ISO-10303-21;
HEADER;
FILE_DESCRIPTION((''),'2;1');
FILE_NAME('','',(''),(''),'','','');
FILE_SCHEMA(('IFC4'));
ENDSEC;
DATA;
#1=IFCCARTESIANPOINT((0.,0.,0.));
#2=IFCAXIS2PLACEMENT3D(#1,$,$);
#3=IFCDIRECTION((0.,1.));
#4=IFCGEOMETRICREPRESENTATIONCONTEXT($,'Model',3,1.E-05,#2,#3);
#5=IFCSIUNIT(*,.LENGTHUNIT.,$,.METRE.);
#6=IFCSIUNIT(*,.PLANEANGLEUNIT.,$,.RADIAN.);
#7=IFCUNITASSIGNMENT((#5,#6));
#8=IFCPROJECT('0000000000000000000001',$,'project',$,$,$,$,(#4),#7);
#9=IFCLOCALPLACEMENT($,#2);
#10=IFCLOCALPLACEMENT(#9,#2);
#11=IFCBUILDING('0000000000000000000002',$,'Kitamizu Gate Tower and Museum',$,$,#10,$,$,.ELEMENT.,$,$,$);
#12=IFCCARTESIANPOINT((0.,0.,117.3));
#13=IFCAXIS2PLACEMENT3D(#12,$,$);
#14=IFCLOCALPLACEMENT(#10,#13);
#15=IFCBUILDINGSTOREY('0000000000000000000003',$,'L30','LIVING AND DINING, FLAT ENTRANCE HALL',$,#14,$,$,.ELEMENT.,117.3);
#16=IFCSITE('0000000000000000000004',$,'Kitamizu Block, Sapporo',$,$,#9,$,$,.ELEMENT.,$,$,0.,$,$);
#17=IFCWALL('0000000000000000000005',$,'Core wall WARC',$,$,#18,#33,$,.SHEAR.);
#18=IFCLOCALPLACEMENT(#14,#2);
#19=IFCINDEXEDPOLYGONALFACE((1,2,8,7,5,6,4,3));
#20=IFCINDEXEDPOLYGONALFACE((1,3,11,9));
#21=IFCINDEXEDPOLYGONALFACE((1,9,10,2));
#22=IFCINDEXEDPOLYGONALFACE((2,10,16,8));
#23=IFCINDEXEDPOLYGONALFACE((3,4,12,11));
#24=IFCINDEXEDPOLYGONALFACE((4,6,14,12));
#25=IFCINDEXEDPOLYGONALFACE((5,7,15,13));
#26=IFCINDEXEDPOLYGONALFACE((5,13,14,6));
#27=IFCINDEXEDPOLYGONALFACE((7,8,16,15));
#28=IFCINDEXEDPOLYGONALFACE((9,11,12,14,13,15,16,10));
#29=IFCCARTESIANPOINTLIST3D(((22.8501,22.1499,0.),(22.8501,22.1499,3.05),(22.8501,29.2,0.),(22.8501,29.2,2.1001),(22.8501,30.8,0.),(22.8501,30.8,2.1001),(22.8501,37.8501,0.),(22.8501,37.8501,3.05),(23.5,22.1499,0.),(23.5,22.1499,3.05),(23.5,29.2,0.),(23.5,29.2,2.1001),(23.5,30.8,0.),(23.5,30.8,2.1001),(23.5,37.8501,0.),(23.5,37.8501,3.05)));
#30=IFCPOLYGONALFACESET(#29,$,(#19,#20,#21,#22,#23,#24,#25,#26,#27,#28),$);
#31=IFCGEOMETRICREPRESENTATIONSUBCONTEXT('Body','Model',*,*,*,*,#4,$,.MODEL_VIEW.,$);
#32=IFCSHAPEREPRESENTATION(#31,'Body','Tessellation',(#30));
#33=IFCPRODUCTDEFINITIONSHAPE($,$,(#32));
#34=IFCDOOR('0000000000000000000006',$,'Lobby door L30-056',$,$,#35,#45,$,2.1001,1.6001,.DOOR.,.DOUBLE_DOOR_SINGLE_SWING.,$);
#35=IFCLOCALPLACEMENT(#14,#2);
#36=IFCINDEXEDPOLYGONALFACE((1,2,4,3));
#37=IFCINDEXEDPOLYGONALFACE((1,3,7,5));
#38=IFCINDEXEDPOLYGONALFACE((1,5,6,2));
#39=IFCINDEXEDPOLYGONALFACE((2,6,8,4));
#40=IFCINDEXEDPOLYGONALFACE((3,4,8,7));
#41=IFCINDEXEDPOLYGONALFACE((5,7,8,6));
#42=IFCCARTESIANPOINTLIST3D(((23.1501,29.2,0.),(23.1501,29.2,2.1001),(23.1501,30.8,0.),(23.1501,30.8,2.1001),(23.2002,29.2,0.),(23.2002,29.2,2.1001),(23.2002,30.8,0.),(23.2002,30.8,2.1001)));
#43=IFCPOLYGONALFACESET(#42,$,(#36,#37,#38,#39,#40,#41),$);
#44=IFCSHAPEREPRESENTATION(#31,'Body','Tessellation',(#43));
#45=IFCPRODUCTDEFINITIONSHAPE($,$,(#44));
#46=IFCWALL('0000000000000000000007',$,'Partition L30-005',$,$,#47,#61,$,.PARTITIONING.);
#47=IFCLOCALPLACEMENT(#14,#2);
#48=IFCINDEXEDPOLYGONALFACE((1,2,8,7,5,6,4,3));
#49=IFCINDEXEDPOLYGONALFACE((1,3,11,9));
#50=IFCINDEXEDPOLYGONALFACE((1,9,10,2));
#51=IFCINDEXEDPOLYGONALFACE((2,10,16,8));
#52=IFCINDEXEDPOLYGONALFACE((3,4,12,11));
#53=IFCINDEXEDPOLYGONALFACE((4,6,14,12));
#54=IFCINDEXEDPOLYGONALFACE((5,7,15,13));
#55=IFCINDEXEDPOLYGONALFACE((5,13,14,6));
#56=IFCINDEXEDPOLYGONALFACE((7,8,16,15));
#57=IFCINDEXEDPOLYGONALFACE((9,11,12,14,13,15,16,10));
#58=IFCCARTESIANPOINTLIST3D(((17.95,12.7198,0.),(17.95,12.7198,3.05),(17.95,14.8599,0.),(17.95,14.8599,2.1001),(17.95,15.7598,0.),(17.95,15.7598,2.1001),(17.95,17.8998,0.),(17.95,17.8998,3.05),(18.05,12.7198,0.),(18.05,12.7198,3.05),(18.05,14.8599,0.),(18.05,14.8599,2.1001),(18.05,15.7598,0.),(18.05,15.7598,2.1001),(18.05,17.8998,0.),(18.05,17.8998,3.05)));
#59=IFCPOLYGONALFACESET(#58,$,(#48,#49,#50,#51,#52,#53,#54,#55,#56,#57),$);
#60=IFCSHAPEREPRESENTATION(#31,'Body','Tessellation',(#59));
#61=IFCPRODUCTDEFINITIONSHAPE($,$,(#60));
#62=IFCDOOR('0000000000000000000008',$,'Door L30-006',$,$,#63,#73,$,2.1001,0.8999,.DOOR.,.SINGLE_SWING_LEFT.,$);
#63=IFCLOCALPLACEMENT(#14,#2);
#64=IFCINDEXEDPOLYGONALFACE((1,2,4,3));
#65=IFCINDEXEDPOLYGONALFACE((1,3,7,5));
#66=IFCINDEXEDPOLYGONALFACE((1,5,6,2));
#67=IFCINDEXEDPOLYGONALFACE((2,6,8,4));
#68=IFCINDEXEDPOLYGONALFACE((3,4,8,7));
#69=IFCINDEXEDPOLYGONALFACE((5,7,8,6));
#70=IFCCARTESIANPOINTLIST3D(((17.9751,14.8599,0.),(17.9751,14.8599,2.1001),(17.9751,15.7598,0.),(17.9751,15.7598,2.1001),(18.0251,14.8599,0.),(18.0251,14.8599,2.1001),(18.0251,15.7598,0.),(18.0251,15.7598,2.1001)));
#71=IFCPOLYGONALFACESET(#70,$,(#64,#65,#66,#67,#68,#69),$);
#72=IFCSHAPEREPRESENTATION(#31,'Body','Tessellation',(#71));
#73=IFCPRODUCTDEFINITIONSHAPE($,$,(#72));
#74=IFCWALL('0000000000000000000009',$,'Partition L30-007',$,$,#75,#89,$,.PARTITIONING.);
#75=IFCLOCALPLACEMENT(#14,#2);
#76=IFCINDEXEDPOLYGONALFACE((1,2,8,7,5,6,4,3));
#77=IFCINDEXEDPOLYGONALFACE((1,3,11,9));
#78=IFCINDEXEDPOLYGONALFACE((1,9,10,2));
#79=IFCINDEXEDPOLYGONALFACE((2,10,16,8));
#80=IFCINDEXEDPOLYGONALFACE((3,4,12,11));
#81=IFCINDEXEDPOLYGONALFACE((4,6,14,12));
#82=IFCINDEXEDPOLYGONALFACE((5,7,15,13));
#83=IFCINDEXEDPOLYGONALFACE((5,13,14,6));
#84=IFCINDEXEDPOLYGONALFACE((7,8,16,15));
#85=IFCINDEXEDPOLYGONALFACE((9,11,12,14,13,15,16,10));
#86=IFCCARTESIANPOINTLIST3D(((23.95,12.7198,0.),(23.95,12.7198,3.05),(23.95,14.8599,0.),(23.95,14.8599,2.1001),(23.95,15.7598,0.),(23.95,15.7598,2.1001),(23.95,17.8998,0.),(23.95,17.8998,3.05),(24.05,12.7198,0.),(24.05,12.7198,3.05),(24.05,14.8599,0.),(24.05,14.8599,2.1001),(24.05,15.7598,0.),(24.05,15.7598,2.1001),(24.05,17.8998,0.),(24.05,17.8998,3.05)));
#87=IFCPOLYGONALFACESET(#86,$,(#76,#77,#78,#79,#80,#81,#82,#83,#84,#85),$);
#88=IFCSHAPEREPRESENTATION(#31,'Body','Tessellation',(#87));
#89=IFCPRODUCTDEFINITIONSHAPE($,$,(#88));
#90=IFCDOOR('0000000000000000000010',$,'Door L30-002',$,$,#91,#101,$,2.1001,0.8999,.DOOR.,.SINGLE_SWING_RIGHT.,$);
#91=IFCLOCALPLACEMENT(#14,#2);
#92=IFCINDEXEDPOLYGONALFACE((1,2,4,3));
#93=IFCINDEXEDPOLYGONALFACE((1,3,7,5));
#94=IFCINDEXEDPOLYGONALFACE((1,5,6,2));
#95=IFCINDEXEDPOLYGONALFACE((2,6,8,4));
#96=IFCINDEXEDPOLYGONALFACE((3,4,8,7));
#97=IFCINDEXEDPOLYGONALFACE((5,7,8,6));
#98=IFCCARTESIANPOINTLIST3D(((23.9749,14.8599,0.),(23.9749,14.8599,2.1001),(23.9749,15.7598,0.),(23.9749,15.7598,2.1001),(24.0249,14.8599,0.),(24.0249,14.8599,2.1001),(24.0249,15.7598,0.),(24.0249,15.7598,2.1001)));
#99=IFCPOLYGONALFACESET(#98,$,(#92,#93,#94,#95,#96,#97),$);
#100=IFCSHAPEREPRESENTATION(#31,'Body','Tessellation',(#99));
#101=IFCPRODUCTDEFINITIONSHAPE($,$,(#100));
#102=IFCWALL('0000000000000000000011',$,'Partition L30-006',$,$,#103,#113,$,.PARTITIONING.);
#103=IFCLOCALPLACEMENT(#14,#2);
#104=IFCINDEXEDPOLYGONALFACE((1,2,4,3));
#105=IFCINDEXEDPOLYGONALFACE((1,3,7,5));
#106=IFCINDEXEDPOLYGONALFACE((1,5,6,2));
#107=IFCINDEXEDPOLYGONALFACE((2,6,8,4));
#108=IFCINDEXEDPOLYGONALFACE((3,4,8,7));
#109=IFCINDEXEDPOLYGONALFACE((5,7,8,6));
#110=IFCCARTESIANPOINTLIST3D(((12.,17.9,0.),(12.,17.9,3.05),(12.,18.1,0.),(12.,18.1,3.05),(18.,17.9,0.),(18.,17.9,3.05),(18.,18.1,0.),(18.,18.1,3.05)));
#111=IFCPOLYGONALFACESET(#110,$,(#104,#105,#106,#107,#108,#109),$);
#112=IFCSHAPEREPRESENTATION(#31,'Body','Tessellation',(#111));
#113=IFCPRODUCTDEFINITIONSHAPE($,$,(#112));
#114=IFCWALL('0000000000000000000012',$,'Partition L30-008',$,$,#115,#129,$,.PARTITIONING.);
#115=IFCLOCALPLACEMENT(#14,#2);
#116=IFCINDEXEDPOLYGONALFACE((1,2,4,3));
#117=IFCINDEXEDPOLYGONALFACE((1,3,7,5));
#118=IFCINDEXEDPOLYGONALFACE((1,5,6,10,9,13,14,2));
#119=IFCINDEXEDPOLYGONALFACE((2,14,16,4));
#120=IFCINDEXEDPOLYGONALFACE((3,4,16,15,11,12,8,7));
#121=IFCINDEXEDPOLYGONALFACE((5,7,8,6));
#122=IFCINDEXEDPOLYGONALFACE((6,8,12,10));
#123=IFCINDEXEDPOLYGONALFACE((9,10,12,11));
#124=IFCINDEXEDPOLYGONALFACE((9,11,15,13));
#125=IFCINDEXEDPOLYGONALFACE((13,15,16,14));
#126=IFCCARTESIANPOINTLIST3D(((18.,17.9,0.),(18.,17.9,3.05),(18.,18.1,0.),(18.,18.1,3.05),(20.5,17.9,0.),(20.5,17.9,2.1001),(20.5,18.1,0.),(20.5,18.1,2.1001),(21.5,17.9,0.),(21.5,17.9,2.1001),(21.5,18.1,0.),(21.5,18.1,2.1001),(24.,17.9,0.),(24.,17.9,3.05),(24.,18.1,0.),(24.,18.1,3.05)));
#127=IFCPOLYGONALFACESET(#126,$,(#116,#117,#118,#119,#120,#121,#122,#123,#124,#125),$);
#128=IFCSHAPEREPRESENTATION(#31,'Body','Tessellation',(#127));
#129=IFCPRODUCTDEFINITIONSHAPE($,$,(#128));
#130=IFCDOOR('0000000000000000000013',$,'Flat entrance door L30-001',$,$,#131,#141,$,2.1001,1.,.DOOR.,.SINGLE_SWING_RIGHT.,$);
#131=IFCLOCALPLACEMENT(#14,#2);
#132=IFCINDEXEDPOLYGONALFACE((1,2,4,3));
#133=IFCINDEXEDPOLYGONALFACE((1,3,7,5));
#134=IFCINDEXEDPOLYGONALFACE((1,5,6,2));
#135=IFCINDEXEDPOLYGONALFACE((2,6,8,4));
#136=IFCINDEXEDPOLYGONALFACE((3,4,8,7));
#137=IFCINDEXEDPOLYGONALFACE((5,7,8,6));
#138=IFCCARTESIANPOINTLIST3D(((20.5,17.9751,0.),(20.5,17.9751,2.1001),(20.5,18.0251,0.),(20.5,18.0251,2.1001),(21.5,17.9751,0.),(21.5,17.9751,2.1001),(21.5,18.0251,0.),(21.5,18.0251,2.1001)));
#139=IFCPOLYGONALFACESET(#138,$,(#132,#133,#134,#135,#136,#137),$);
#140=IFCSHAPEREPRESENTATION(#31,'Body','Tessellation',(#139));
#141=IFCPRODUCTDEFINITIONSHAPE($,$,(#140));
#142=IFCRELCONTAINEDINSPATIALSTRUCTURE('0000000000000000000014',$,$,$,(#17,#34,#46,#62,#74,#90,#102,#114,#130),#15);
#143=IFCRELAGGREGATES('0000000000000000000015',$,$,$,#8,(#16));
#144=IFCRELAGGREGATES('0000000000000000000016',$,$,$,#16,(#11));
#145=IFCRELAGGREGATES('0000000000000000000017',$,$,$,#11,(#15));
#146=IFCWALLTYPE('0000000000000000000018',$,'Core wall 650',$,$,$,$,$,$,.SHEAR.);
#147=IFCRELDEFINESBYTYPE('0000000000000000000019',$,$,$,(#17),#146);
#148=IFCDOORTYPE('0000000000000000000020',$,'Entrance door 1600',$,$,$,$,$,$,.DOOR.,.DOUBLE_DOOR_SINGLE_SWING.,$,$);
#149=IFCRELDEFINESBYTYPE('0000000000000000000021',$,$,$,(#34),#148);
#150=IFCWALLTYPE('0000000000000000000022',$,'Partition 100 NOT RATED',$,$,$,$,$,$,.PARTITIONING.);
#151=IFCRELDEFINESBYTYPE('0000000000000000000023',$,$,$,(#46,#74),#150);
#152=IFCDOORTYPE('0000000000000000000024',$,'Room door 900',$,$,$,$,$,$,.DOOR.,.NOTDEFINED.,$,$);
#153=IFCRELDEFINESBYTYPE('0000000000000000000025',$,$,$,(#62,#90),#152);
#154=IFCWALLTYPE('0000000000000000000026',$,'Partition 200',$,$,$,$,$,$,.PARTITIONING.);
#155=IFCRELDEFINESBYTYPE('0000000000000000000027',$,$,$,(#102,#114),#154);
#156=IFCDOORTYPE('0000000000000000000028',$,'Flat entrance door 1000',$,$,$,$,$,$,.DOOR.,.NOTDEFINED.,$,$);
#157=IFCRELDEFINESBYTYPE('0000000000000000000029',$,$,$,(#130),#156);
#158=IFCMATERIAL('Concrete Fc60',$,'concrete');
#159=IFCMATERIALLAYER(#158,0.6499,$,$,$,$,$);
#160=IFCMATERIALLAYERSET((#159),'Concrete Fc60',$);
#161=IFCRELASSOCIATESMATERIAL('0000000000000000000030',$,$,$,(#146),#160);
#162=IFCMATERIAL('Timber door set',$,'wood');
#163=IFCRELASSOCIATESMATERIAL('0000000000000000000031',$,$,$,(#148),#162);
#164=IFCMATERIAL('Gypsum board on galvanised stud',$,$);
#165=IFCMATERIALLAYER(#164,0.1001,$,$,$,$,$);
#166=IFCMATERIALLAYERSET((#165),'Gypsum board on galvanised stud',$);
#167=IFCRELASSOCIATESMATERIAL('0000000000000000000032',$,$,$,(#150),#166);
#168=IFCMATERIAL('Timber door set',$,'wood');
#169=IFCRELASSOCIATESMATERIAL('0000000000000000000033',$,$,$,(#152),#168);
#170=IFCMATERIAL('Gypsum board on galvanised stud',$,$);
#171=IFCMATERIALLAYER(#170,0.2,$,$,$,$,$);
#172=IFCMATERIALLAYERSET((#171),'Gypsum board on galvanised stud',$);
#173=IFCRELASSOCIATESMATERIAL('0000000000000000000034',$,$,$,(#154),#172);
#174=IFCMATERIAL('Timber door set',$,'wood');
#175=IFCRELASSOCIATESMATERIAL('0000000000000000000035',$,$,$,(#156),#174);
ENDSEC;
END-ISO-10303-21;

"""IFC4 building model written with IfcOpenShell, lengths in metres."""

from ifc_helpers import new_model, si_unit, direction, frame, frame_2d, origin, place, context, subcontext, project, spatial, rectangle, extrude, material, layer, layer_set, type_object, element, fill, save


model = new_model("IFC4")

# Units and contexts
model_context = context("Model", 3, precision=1e-05, world=origin(), true_north=direction((0.0, 1.0)))
body_context = subcontext(model_context, "Body", "Model", "MODEL_VIEW")
ifc_project = project(units=[si_unit("LENGTHUNIT", "METRE"), si_unit("PLANEANGLEUNIT", "RADIAN")], contexts=[model_context])

# Site, building, storey
site_placement = place(None, origin())
site = spatial("IfcSite", under=ifc_project, at=site_placement, Name="Kitamizu Block, Sapporo", CompositionType="ELEMENT", RefElevation=0.0)
building_placement = place(site_placement, origin())
building = spatial("IfcBuilding", under=site, at=building_placement, Name="Kitamizu Gate Tower and Museum", CompositionType="ELEMENT")
storey_placement = place(building_placement, frame((0.0, 0.0, 117.3)))
storey = spatial("IfcBuildingStorey", under=building, at=storey_placement, Name="L30", Description="LIVING AND DINING, FLAT ENTRANCE HALL", CompositionType="ELEMENT", Elevation=117.3)

# Shared definitions
ifc_material_1 = material(Name="Concrete Fc60", Category="concrete")
ifc_layer_1 = layer(ifc_material_1, 0.6499)
ifc_layer_set_1 = layer_set([ifc_layer_1], Name="Concrete Fc60")
wall_type_1 = type_object("IfcWallType", Name="Core wall 650", PredefinedType="SHEAR", material=ifc_layer_set_1)

# Shared definitions
ifc_material_2 = material(Name="Timber door set", Category="wood")
door_type_1 = type_object("IfcDoorType", Name="Entrance door 1600", OperationType="DOUBLE_DOOR_SINGLE_SWING", PredefinedType="DOOR", material=ifc_material_2)

# Walls, openings, doors
wall_1_placement = place(storey_placement, frame((23.175, 22.1499, 0.0), z_axis=(0.0, 0.0, 1.0), x_axis=(0.0, 1.0, 0.0)))
wall_1 = element("IfcWall", 1, at=wall_1_placement, inside=storey, type_object=wall_type_1, Name="Core wall WARC", PredefinedType="SHEAR", context=body_context, shape_type="SweptSolid", body=[
    extrude(rectangle(XDim=15.7002, YDim=0.6499, at=frame_2d((7.8501, 0.0))), origin(), (0.0, 0.0, 1.0), 3.05),
])
opening_1_placement = place(wall_1_placement, frame((7.05, 0.0, 0.0)))
opening_1 = element("IfcOpeningElement", 2, at=opening_1_placement, cuts=wall_1, PredefinedType="OPENING", context=body_context, shape_type="SweptSolid", body=[
    extrude(rectangle(XDim=1.6001, YDim=2.1001, at=frame_2d((0.8, 1.05))), frame((0.0, 0.335, 0.0), z_axis=(0.0, -1.0, 0.0), x_axis=(1.0, 0.0, 0.0)), (0.0, 0.0, 1.0), 0.6699),
])
door_1_placement = place(opening_1_placement, origin())
door_1 = element("IfcDoor", 3, at=door_1_placement, inside=storey, type_object=door_type_1, Name="Lobby door L30-056", OperationType="DOUBLE_DOOR_SINGLE_SWING", OverallHeight=2.1001, OverallWidth=1.6001, PredefinedType="DOOR", context=body_context, shape_type="SweptSolid", body=[
    extrude(rectangle(XDim=1.6001, YDim=2.1001, at=frame_2d((0.8, 1.05))), frame((0.0, 0.0249, 0.0), z_axis=(0.0, -1.0, 0.0), x_axis=(1.0, 0.0, 0.0)), (0.0, 0.0, 1.0), 0.05),
])
fill(opening_1, door_1)
ifc_material_3 = material(Name="Gypsum board on galvanised stud")
ifc_layer_2 = layer(ifc_material_3, 0.1001)
ifc_layer_set_2 = layer_set([ifc_layer_2], Name="Gypsum board on galvanised stud")
wall_type_2 = type_object("IfcWallType", Name="Partition 100 NOT RATED", PredefinedType="PARTITIONING", material=ifc_layer_set_2)
wall_2_placement = place(storey_placement, frame((18.0, 12.72, 0.0), z_axis=(0.0, 0.0, 1.0), x_axis=(0.0, 1.0, 0.0)))
wall_2 = element("IfcWall", 4, at=wall_2_placement, inside=storey, type_object=wall_type_2, Name="Partition L30-005", PredefinedType="PARTITIONING", context=body_context, shape_type="SweptSolid", body=[
    extrude(rectangle(XDim=5.1799, YDim=0.1001, at=frame_2d((2.5898, 0.0))), origin(), (0.0, 0.0, 1.0), 3.05),
])
opening_2_placement = place(wall_2_placement, frame((2.1399, 0.0, 0.0)))
opening_2 = element("IfcOpeningElement", 5, at=opening_2_placement, cuts=wall_2, PredefinedType="OPENING", context=body_context, shape_type="SweptSolid", body=[
    extrude(rectangle(XDim=0.8999, YDim=2.1001, at=frame_2d((0.45, 1.05))), frame((0.0, 0.0601, 0.0), z_axis=(0.0, -1.0, 0.0), x_axis=(1.0, 0.0, 0.0)), (0.0, 0.0, 1.0), 0.1201),
])
ifc_material_4 = material(Name="Timber door set", Category="wood")
door_type_2 = type_object("IfcDoorType", Name="Room door 900", OperationType="NOTDEFINED", PredefinedType="DOOR", material=ifc_material_4)
door_2_placement = place(opening_2_placement, origin())
door_2 = element("IfcDoor", 6, at=door_2_placement, inside=storey, type_object=door_type_2, Name="Door L30-006", OperationType="SINGLE_SWING_LEFT", OverallHeight=2.1001, OverallWidth=0.8999, PredefinedType="DOOR", context=body_context, shape_type="SweptSolid", body=[
    extrude(rectangle(XDim=0.8999, YDim=2.1001, at=frame_2d((0.45, 1.05))), frame((0.0, 0.0249, 0.0), z_axis=(0.0, -1.0, 0.0), x_axis=(1.0, 0.0, 0.0)), (0.0, 0.0, 1.0), 0.05),
])
fill(opening_2, door_2)
wall_3_placement = place(storey_placement, frame((24.0, 12.72, 0.0), z_axis=(0.0, 0.0, 1.0), x_axis=(0.0, 1.0, 0.0)))
wall_3 = element("IfcWall", 7, at=wall_3_placement, inside=storey, type_object=wall_type_2, Name="Partition L30-007", PredefinedType="PARTITIONING", context=body_context, shape_type="SweptSolid", body=[
    extrude(rectangle(XDim=5.1799, YDim=0.1001, at=frame_2d((2.5898, 0.0))), origin(), (0.0, 0.0, 1.0), 3.05),
])
opening_3_placement = place(wall_3_placement, frame((2.1399, 0.0, 0.0)))
opening_3 = element("IfcOpeningElement", 8, at=opening_3_placement, cuts=wall_3, PredefinedType="OPENING", context=body_context, shape_type="SweptSolid", body=[
    extrude(rectangle(XDim=0.8999, YDim=2.1001, at=frame_2d((0.45, 1.05))), frame((0.0, 0.0601, 0.0), z_axis=(0.0, -1.0, 0.0), x_axis=(1.0, 0.0, 0.0)), (0.0, 0.0, 1.0), 0.1201),
])
door_3_placement = place(opening_3_placement, frame((0.8999, 0.0, 0.0), x_axis=(-1.0, 0.0, 0.0)))
door_3 = element("IfcDoor", 9, at=door_3_placement, inside=storey, type_object=door_type_2, Name="Door L30-002", OperationType="SINGLE_SWING_RIGHT", OverallHeight=2.1001, OverallWidth=0.8999, PredefinedType="DOOR", context=body_context, shape_type="SweptSolid", body=[
    extrude(rectangle(XDim=0.8999, YDim=2.1001, at=frame_2d((0.45, 1.05))), frame((0.0, 0.0249, 0.0), z_axis=(0.0, -1.0, 0.0), x_axis=(1.0, 0.0, 0.0)), (0.0, 0.0, 1.0), 0.05),
])
fill(opening_3, door_3)

# Wall
ifc_material_5 = material(Name="Gypsum board on galvanised stud")
ifc_layer_3 = layer(ifc_material_5, 0.2)
ifc_layer_set_3 = layer_set([ifc_layer_3], Name="Gypsum board on galvanised stud")
wall_type_3 = type_object("IfcWallType", Name="Partition 200", PredefinedType="PARTITIONING", material=ifc_layer_set_3)
wall_4_placement = place(storey_placement, frame((18.0, 18.0, 0.0), z_axis=(0.0, 0.0, 1.0), x_axis=(-1.0, 0.0, 0.0)))
element("IfcWall", 10, at=wall_4_placement, inside=storey, type_object=wall_type_3, Name="Partition L30-006", PredefinedType="PARTITIONING", context=body_context, shape_type="SweptSolid", body=[
    extrude(rectangle(XDim=6.0, YDim=0.2, at=frame_2d((3.0, 0.0))), origin(), (0.0, 0.0, 1.0), 3.05),
])

# Wall, opening, door
wall_5_placement = place(storey_placement, frame((24.0, 18.0, 0.0), z_axis=(0.0, 0.0, 1.0), x_axis=(-1.0, 0.0, 0.0)))
wall_5 = element("IfcWall", 11, at=wall_5_placement, inside=storey, type_object=wall_type_3, Name="Partition L30-008", PredefinedType="PARTITIONING", context=body_context, shape_type="SweptSolid", body=[
    extrude(rectangle(XDim=6.0, YDim=0.2, at=frame_2d((3.0, 0.0))), origin(), (0.0, 0.0, 1.0), 3.05),
])
opening_4_placement = place(wall_5_placement, frame((2.5, 0.0, 0.0)))
opening_4 = element("IfcOpeningElement", 12, at=opening_4_placement, cuts=wall_5, PredefinedType="OPENING", context=body_context, shape_type="SweptSolid", body=[
    extrude(rectangle(XDim=1.0, YDim=2.1001, at=frame_2d((0.5, 1.05))), frame((0.0, 0.1099, 0.0), z_axis=(0.0, -1.0, 0.0), x_axis=(1.0, 0.0, 0.0)), (0.0, 0.0, 1.0), 0.22),
])
ifc_material_6 = material(Name="Timber door set", Category="wood")
door_type_3 = type_object("IfcDoorType", Name="Flat entrance door 1000", OperationType="NOTDEFINED", PredefinedType="DOOR", material=ifc_material_6)
door_4_placement = place(opening_4_placement, origin())
door_4 = element("IfcDoor", 13, at=door_4_placement, inside=storey, type_object=door_type_3, Name="Flat entrance door L30-001", OperationType="SINGLE_SWING_RIGHT", OverallHeight=2.1001, OverallWidth=1.0, PredefinedType="DOOR", context=body_context, shape_type="SweptSolid", body=[
    extrude(rectangle(XDim=1.0, YDim=2.1001, at=frame_2d((0.5, 1.05))), frame((0.0, 0.0249, 0.0), z_axis=(0.0, -1.0, 0.0), x_axis=(1.0, 0.0, 0.0)), (0.0, 0.0, 1.0), 0.05),
])
fill(opening_4, door_4)

save(model, "model.ifc")
